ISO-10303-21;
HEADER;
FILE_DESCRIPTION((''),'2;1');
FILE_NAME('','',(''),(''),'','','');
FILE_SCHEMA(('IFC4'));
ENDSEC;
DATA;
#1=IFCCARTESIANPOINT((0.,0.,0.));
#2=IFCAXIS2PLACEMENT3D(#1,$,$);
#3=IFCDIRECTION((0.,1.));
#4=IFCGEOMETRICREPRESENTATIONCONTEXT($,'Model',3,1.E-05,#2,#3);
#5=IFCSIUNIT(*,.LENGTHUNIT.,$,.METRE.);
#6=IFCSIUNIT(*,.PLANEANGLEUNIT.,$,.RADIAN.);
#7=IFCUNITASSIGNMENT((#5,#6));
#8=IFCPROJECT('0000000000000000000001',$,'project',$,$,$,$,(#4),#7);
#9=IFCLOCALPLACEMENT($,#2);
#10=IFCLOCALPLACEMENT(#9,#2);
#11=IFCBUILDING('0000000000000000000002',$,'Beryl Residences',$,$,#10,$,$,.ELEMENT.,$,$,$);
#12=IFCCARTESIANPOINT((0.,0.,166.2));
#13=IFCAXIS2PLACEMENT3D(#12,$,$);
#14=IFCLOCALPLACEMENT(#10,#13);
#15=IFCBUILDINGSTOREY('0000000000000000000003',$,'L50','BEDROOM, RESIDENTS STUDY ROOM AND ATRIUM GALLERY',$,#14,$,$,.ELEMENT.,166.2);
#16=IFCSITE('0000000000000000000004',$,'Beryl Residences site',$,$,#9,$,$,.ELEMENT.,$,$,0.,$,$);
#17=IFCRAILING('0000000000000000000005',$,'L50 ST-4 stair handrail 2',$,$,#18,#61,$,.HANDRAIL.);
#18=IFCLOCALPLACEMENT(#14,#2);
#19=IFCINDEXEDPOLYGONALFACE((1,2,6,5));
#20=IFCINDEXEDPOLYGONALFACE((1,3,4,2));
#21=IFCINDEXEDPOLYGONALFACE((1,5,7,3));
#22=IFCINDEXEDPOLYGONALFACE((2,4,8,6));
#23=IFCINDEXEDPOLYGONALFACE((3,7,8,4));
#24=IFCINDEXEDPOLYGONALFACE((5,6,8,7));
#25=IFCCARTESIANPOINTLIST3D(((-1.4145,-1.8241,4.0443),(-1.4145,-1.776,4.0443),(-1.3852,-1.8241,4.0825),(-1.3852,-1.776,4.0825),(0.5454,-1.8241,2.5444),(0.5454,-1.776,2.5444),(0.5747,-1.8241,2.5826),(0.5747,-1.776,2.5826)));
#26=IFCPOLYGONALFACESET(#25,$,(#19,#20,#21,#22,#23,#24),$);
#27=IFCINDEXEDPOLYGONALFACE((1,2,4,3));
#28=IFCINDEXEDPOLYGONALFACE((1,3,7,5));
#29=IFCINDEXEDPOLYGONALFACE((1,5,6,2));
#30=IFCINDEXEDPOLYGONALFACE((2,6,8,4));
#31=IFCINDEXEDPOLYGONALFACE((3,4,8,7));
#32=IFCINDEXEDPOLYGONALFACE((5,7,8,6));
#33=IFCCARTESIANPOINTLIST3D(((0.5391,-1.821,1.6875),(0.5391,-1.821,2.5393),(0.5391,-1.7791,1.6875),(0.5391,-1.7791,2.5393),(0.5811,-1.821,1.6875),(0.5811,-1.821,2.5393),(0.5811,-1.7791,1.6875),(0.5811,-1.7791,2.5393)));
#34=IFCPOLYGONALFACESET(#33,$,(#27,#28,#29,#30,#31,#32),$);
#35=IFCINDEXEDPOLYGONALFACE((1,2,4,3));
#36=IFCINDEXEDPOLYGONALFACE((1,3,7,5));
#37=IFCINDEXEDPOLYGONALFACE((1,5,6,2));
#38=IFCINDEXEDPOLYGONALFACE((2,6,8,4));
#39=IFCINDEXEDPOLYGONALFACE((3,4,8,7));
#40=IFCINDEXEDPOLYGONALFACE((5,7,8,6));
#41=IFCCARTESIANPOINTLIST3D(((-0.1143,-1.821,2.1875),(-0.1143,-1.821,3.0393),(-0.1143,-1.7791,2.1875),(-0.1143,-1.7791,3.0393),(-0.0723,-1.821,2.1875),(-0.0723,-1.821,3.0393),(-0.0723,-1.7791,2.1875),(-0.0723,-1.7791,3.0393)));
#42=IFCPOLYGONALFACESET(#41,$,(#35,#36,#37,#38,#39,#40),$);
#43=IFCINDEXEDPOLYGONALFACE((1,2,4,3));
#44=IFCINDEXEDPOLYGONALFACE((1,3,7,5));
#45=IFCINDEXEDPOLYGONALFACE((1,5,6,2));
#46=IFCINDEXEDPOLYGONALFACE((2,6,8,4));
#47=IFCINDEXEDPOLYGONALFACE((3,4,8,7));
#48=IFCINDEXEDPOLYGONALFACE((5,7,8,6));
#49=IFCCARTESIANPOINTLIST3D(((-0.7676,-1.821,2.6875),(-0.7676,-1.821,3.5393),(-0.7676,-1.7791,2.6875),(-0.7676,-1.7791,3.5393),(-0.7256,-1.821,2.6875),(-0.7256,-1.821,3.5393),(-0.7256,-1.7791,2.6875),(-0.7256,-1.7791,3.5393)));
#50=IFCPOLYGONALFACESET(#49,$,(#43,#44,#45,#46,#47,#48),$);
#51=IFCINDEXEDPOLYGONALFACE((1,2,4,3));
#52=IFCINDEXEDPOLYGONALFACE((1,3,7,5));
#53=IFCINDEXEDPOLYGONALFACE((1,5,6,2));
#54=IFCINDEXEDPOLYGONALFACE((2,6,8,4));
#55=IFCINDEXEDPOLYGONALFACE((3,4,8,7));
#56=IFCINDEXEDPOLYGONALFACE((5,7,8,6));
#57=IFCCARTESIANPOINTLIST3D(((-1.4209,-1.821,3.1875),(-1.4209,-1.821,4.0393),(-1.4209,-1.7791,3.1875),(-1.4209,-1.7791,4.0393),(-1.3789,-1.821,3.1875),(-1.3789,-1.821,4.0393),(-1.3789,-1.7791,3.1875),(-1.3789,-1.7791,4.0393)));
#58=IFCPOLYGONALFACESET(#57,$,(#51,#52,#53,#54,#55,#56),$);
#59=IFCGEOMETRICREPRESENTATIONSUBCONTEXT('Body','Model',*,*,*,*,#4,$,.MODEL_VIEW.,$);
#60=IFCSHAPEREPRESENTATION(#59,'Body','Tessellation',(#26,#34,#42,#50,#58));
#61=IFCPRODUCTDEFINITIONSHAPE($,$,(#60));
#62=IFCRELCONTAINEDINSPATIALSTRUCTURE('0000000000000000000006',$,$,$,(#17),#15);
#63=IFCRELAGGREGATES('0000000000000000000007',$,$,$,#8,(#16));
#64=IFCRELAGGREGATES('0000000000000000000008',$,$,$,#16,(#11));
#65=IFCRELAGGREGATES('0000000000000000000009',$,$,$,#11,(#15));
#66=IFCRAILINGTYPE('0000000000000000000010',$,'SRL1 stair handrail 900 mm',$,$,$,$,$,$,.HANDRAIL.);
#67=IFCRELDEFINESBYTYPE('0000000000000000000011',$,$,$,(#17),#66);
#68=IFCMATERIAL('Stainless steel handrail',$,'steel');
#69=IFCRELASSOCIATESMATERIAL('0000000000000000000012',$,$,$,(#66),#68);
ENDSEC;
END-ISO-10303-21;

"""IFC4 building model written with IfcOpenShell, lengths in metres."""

from ifc_helpers import new_model, si_unit, direction, frame, origin, origin_2d, place, context, subcontext, project, spatial, rectangle, extrude, material, type_object, element, save


model = new_model("IFC4")

# Units and contexts
model_context = context("Model", 3, precision=1e-05, world=origin(), true_north=direction((0.0, 1.0)))
body_context = subcontext(model_context, "Body", "Model", "MODEL_VIEW")
ifc_project = project(units=[si_unit("LENGTHUNIT", "METRE"), si_unit("PLANEANGLEUNIT", "RADIAN")], contexts=[model_context])

# Site, building, storey
site_placement = place(None, origin())
site = spatial("IfcSite", under=ifc_project, at=site_placement, Name="Beryl Residences site", CompositionType="ELEMENT", RefElevation=0.0)
building_placement = place(site_placement, origin())
building = spatial("IfcBuilding", under=site, at=building_placement, Name="Beryl Residences", CompositionType="ELEMENT")
storey_placement = place(building_placement, frame((0.0, 0.0, 166.2)))
storey = spatial("IfcBuildingStorey", under=building, at=storey_placement, Name="L50", Description="BEDROOM, RESIDENTS STUDY ROOM AND ATRIUM GALLERY", CompositionType="ELEMENT", Elevation=166.2)

# Railing
ifc_material_1 = material(Name="Stainless steel handrail", Category="steel")
railing_type_1 = type_object("IfcRailingType", Name="SRL1 stair handrail 900 mm", PredefinedType="HANDRAIL", material=ifc_material_1)
railing_1_placement = place(storey_placement, frame((0.5601, -1.8, 1.6875)))
element("IfcRailing", 1, at=railing_1_placement, inside=storey, type_object=railing_type_1, Name="L50 ST-4 stair handrail 2", PredefinedType="HANDRAIL", context=body_context, shape_type="SweptSolid", body=[
    extrude(rectangle(XDim=0.0481, YDim=0.0481, at=origin_2d()), frame((0.0, 0.0, 0.876), z_axis=(-0.794122, 0.0, 0.607758), x_axis=(0.0, -1.0, 0.0)), (0.0, 0.0, 1.0), 2.468),
    extrude(rectangle(XDim=0.042, YDim=0.042, at=origin_2d()), origin(), (0.0, 0.0, 1.0), 0.8518),
    extrude(rectangle(XDim=0.042, YDim=0.042, at=origin_2d()), frame((-0.6533, 0.0, 0.5)), (0.0, 0.0, 1.0), 0.8518),
    extrude(rectangle(XDim=0.042, YDim=0.042, at=origin_2d()), frame((-1.3066, 0.0, 1.0)), (0.0, 0.0, 1.0), 0.8518),
    extrude(rectangle(XDim=0.042, YDim=0.042, at=origin_2d()), frame((-1.96, 0.0, 1.5)), (0.0, 0.0, 1.0), 0.8518),
])

save(model, "model.ifc")
